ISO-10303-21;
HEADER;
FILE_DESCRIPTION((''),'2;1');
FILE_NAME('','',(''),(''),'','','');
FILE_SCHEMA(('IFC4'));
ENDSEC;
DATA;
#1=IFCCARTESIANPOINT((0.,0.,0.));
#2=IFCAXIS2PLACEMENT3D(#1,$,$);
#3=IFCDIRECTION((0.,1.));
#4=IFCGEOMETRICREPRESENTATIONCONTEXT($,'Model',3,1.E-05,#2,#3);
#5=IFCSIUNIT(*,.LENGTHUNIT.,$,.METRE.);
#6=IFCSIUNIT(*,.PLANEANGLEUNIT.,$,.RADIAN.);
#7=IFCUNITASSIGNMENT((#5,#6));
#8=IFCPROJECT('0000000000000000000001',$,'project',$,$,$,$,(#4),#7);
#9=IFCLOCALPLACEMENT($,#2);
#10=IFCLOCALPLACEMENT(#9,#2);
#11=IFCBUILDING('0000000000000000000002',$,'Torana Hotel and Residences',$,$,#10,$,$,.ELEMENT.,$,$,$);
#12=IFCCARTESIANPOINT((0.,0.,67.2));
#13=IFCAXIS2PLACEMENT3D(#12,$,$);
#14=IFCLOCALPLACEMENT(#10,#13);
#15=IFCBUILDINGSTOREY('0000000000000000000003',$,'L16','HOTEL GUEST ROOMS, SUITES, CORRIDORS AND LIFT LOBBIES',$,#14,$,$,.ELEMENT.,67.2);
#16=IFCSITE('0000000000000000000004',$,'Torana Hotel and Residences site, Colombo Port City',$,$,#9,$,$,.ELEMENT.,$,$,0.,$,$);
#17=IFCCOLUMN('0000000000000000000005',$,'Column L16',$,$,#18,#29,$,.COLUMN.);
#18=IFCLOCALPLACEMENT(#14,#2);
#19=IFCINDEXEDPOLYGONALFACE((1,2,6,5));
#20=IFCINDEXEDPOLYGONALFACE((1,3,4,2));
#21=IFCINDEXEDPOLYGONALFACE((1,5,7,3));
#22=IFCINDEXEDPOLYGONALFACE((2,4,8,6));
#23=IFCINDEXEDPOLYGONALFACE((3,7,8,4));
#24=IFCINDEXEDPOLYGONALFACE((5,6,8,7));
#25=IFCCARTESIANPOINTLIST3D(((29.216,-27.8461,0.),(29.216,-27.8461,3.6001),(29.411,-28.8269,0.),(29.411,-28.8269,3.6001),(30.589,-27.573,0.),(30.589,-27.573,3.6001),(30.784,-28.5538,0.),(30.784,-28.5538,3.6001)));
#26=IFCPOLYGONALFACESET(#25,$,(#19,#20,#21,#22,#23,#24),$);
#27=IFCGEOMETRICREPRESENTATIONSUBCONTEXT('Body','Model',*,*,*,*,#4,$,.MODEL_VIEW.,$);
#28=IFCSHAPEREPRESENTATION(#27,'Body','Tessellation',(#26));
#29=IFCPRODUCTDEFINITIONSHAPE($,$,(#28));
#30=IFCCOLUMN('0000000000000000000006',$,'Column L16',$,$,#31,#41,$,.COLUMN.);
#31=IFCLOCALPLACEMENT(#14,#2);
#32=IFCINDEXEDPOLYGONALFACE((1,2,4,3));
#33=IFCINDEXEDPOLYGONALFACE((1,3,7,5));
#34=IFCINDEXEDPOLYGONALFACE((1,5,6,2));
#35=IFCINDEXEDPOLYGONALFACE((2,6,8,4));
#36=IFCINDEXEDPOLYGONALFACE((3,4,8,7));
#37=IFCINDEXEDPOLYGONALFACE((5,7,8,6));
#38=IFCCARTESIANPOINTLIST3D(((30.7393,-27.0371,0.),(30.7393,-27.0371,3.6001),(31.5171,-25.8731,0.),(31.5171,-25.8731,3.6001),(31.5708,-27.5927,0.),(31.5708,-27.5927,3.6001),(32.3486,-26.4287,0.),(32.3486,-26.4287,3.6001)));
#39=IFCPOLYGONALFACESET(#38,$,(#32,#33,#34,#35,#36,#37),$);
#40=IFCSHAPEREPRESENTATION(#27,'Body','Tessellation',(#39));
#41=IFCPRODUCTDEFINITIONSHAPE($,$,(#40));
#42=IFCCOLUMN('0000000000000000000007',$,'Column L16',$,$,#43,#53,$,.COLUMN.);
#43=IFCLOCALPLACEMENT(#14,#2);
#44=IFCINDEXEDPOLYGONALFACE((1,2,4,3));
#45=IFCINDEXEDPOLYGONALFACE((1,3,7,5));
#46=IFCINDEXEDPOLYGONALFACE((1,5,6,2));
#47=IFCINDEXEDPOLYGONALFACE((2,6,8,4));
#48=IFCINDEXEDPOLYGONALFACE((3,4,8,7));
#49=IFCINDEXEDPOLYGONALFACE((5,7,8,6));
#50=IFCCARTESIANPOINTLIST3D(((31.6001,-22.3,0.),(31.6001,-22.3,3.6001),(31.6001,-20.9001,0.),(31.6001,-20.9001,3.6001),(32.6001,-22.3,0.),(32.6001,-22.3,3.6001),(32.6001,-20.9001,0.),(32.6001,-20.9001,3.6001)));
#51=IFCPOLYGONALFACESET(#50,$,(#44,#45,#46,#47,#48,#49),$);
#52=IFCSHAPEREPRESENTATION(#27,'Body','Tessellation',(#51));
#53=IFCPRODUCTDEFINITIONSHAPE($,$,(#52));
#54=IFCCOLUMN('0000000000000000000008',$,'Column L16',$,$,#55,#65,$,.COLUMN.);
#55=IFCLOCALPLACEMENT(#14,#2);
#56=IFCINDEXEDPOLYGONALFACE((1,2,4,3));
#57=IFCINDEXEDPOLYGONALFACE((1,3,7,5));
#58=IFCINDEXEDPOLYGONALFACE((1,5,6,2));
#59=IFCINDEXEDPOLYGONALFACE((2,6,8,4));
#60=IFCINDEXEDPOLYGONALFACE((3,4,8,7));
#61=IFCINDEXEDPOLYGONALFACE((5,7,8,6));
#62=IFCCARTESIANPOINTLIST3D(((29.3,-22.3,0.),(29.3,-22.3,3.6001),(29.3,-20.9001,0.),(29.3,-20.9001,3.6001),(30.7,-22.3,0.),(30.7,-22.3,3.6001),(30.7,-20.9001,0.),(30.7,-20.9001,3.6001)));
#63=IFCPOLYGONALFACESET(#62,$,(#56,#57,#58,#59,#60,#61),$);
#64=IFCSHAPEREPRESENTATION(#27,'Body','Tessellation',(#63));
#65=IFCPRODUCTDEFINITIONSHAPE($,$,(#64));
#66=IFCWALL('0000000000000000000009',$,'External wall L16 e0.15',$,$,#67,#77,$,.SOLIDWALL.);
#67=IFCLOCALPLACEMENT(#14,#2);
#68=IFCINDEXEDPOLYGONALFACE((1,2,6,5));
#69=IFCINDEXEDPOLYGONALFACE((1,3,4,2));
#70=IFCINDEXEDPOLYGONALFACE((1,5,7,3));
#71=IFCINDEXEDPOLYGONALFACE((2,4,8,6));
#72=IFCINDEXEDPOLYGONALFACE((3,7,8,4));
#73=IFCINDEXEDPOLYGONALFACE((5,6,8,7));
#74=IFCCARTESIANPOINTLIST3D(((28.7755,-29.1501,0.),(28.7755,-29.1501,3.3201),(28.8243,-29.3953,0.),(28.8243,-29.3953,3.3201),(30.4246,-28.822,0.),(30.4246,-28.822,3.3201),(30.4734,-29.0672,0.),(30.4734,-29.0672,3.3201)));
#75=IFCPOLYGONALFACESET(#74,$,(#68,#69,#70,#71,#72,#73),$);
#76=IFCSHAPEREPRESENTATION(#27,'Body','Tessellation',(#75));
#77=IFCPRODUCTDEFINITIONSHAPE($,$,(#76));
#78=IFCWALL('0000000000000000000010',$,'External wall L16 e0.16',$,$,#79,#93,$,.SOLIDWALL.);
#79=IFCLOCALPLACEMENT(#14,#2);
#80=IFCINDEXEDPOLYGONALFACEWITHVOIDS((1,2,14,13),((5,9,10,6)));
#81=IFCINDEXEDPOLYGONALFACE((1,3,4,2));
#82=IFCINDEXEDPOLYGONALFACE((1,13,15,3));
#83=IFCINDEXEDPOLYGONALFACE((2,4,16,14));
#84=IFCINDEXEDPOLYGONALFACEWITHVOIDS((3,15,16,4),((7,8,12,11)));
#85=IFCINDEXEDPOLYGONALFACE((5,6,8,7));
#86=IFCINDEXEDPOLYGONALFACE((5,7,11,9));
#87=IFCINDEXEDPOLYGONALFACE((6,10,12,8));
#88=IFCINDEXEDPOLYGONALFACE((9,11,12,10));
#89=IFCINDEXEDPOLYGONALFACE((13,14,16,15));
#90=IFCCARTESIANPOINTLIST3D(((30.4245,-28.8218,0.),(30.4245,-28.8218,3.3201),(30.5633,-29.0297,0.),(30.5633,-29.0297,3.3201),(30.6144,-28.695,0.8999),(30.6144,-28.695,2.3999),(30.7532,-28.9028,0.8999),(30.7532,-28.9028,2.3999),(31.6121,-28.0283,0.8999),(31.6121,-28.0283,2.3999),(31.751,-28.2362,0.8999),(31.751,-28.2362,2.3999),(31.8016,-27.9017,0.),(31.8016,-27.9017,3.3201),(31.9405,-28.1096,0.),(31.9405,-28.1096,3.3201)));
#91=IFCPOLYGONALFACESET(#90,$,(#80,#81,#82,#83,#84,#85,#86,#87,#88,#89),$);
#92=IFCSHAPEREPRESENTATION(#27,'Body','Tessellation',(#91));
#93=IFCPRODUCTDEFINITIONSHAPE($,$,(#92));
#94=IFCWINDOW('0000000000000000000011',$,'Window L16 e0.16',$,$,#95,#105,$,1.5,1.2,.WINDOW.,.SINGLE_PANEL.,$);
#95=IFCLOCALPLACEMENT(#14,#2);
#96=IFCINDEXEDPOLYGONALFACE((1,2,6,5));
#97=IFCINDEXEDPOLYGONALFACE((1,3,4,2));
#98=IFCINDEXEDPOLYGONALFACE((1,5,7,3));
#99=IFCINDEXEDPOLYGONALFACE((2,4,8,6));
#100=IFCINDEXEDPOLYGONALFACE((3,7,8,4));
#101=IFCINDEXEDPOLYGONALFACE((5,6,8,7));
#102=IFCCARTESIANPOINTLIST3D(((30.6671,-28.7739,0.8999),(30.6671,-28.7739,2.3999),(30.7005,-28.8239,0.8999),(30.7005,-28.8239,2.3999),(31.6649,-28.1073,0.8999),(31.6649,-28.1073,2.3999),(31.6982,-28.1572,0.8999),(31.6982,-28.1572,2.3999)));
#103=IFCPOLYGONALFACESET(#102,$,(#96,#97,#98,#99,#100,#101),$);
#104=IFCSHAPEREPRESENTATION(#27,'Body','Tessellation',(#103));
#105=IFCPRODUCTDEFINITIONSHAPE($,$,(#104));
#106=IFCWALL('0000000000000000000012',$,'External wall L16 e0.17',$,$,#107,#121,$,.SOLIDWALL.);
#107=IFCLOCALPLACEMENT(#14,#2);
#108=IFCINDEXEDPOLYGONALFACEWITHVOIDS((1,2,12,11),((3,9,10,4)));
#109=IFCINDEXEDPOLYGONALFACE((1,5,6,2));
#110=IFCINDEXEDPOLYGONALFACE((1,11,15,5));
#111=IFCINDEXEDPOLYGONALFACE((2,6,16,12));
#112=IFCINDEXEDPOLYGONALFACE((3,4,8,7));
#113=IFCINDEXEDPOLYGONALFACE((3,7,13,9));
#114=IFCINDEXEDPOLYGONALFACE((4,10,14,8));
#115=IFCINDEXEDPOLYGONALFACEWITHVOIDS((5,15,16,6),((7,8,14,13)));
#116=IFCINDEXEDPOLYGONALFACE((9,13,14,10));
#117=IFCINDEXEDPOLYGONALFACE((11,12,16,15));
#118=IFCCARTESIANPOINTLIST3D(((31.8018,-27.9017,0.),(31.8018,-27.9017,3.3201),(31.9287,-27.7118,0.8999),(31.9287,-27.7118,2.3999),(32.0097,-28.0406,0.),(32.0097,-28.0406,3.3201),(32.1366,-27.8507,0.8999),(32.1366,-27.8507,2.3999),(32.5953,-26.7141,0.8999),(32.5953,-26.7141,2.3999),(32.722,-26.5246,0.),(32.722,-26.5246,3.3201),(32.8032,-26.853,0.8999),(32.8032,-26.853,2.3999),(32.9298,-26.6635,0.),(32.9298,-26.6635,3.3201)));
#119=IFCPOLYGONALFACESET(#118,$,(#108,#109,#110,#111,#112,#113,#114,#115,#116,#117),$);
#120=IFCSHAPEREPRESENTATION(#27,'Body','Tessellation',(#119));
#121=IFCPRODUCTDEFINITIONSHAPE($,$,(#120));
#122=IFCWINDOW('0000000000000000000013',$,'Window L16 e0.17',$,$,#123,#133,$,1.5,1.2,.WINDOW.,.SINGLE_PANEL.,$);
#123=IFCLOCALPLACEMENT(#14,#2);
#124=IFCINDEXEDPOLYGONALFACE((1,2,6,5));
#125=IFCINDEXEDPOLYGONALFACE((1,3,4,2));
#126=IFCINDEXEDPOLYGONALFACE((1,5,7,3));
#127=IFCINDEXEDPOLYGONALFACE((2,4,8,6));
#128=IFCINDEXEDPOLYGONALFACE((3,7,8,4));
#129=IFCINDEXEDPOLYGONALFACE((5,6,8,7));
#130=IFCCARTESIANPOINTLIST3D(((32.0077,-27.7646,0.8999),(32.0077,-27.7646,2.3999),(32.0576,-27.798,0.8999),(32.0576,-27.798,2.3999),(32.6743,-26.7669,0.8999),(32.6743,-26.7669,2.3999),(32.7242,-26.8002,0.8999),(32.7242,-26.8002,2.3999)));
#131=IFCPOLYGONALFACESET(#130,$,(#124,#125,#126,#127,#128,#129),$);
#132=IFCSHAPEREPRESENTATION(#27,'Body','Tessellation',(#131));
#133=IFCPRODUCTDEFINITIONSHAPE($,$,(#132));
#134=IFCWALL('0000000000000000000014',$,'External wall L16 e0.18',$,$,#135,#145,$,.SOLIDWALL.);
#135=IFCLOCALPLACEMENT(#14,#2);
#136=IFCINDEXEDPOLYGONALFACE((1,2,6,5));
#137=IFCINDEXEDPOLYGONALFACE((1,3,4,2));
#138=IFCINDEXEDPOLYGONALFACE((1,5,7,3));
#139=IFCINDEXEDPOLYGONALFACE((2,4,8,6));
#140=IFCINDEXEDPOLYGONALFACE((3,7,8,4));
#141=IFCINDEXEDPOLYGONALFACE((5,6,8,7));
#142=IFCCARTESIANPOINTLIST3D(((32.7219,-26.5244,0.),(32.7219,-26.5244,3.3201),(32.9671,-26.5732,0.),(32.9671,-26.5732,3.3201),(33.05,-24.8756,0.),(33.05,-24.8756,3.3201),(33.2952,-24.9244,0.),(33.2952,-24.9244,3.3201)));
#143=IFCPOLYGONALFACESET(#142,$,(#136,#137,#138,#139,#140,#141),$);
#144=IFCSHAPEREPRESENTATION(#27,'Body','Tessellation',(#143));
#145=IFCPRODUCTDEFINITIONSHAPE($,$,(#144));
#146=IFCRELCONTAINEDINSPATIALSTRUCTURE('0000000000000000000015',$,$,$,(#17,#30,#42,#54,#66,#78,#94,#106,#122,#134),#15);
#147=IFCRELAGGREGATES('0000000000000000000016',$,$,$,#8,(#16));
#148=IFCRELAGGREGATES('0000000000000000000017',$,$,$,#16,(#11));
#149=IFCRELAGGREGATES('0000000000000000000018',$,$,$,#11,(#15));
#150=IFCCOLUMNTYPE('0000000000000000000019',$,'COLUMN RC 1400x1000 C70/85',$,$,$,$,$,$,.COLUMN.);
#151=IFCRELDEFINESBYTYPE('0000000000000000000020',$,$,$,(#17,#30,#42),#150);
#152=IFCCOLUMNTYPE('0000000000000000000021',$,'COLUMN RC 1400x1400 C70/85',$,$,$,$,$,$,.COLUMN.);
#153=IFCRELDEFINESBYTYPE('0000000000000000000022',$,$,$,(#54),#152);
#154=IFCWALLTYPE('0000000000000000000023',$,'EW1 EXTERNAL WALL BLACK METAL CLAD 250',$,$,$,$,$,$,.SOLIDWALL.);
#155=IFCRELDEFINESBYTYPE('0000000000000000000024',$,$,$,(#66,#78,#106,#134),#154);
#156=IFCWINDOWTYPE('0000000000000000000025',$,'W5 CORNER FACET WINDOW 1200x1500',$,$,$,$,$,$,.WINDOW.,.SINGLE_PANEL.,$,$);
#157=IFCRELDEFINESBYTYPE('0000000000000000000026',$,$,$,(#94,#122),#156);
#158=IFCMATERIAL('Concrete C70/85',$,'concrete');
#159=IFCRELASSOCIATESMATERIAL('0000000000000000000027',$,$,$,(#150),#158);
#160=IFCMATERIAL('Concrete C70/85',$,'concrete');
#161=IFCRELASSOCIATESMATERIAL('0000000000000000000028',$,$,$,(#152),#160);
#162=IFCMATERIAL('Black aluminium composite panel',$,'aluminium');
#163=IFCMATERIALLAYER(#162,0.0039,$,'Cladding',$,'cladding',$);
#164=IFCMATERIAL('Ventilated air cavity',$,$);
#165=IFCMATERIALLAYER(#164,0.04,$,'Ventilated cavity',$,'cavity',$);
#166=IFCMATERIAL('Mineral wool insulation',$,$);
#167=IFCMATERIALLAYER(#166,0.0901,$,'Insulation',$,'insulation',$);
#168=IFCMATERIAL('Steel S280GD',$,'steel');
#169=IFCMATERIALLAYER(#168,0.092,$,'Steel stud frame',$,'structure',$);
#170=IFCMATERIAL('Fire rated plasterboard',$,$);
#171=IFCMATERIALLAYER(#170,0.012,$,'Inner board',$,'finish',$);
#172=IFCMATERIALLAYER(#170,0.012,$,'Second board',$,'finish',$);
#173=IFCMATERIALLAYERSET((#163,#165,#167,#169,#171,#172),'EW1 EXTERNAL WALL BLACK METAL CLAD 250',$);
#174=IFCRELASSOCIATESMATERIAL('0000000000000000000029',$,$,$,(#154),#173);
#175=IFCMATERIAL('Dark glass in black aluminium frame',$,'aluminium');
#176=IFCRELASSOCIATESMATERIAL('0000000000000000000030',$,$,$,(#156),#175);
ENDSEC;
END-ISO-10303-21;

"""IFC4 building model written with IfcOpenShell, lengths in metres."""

from ifc_helpers import new_model, si_unit, direction, frame, frame_2d, origin, origin_2d, place, context, subcontext, project, spatial, rectangle, extrude, material, layer, layer_set, material_profile, profile_set, type_object, element, fill, save


model = new_model("IFC4")

# Units and contexts
model_context = context("Model", 3, precision=1e-05, world=origin(), true_north=direction((0.0, 1.0)))
body_context = subcontext(model_context, "Body", "Model", "MODEL_VIEW")
ifc_project = project(units=[si_unit("LENGTHUNIT", "METRE"), si_unit("PLANEANGLEUNIT", "RADIAN")], contexts=[model_context])

# Site, building, storey
site_placement = place(None, origin())
site = spatial("IfcSite", under=ifc_project, at=site_placement, Name="Torana Hotel and Residences site, Colombo Port City", CompositionType="ELEMENT", RefElevation=0.0)
building_placement = place(site_placement, origin())
building = spatial("IfcBuilding", under=site, at=building_placement, Name="Torana Hotel and Residences", CompositionType="ELEMENT")
storey_placement = place(building_placement, frame((0.0, 0.0, 67.2)))
storey = spatial("IfcBuildingStorey", under=building, at=storey_placement, Name="L16", Description="HOTEL GUEST ROOMS, SUITES, CORRIDORS AND LIFT LOBBIES", CompositionType="ELEMENT", Elevation=67.2)

# Columns
ifc_material_1 = material(Name="Concrete C70/85", Category="concrete")
ifc_material_profile_1 = material_profile(ifc_material_1, rectangle(XDim=1.3999, YDim=1.0, at=origin_2d()), Name="RC 1400x1000")
ifc_profile_set_1 = profile_set([ifc_material_profile_1], Name="Concrete C70/85")
column_type_1 = type_object("IfcColumnType", Name="COLUMN RC 1400x1000 C70/85", PredefinedType="COLUMN", material=ifc_profile_set_1)
for number, where, z_axis, x_axis, name in (
    (1, (30.0, -28.2, 0.0), (0.0, 0.0, 1.0), (0.980792, 0.195056, 0.0), "Column L16"),
    (2, (31.5439, -26.7329, 0.0), (0.0, 0.0, 1.0), (0.555585, 0.83146, 0.0), "Column L16"),
    (3, (32.1001, -21.6001, 0.0), (0.0, 0.0, 1.0), (0.0, 1.0, 0.0), "Column L16"),
):
    element("IfcColumn", number, at=place(storey_placement, frame(where, z_axis=z_axis, x_axis=x_axis)), inside=storey, type_object=column_type_1, Name=name, PredefinedType="COLUMN", context=body_context, shape_type="SweptSolid", body=[
        extrude(rectangle(XDim=1.3999, YDim=1.0, at=origin_2d()), origin(), (0.0, 0.0, 1.0), 3.6001),
    ])
ifc_material_2 = material(Name="Concrete C70/85", Category="concrete")
ifc_material_profile_2 = material_profile(ifc_material_2, rectangle(XDim=1.3999, YDim=1.3999, at=origin_2d()), Name="RC 1400x1400")
ifc_profile_set_2 = profile_set([ifc_material_profile_2], Name="Concrete C70/85")
column_type_2 = type_object("IfcColumnType", Name="COLUMN RC 1400x1400 C70/85", PredefinedType="COLUMN", material=ifc_profile_set_2)
column_placement = place(storey_placement, frame((30.0, -21.6001, 0.0), z_axis=(0.0, 0.0, 1.0), x_axis=(1.0, 0.0, 0.0)))
element("IfcColumn", 4, at=column_placement, inside=storey, type_object=column_type_2, Name="Column L16", PredefinedType="COLUMN", context=body_context, shape_type="SweptSolid", body=[
    extrude(rectangle(XDim=1.3999, YDim=1.3999, at=origin_2d()), origin(), (0.0, 0.0, 1.0), 3.6001),
])

# Wall
ifc_material_3 = material(Name="Black aluminium composite panel", Category="aluminium")
ifc_layer_1 = layer(ifc_material_3, 0.0039, Name="Cladding", Category="cladding")
ifc_material_4 = material(Name="Ventilated air cavity")
ifc_layer_2 = layer(ifc_material_4, 0.04, Name="Ventilated cavity", Category="cavity")
ifc_material_5 = material(Name="Mineral wool insulation")
ifc_layer_3 = layer(ifc_material_5, 0.0901, Name="Insulation", Category="insulation")
ifc_material_6 = material(Name="Steel S280GD", Category="steel")
ifc_layer_4 = layer(ifc_material_6, 0.092, Name="Steel stud frame", Category="structure")
ifc_material_7 = material(Name="Fire rated plasterboard")
ifc_layer_5 = layer(ifc_material_7, 0.012, Name="Inner board", Category="finish")
ifc_layer_6 = layer(ifc_material_7, 0.012, Name="Second board", Category="finish")
ifc_layer_set_1 = layer_set([ifc_layer_1, ifc_layer_2, ifc_layer_3, ifc_layer_4, ifc_layer_5, ifc_layer_6], Name="EW1 EXTERNAL WALL BLACK METAL CLAD 250")
wall_type_1 = type_object("IfcWallType", Name="EW1 EXTERNAL WALL BLACK METAL CLAD 250", PredefinedType="SOLIDWALL", material=ifc_layer_set_1)
wall_1_placement = place(storey_placement, frame((28.7998, -29.2727, 0.0), z_axis=(0.0, 0.0, 1.0), x_axis=(0.980776, 0.195139, 0.0)))
element("IfcWall", 5, at=wall_1_placement, inside=storey, type_object=wall_type_1, Name="External wall L16 e0.15", PredefinedType="SOLIDWALL", context=body_context, shape_type="SweptSolid", body=[
    extrude(rectangle(XDim=1.6814, YDim=0.25, at=frame_2d((0.8408, 0.0))), origin(), (0.0, 0.0, 1.0), 3.3201),
])

# Walls, openings, windows
wall_2_placement = place(storey_placement, frame((30.4939, -28.9258, 0.0), z_axis=(0.0, 0.0, 1.0), x_axis=(0.831483, 0.55555, 0.0)))
wall_2 = element("IfcWall", 6, at=wall_2_placement, inside=storey, type_object=wall_type_1, Name="External wall L16 e0.16", PredefinedType="SOLIDWALL", context=body_context, shape_type="SweptSolid", body=[
    extrude(rectangle(XDim=1.6562, YDim=0.25, at=frame_2d((0.8281, 0.0))), origin(), (0.0, 0.0, 1.0), 3.3201),
])
opening_1_placement = place(wall_2_placement, frame((0.2283, 0.0, 0.8999)))
opening_1 = element("IfcOpeningElement", 7, at=opening_1_placement, cuts=wall_2, PredefinedType="OPENING", context=body_context, shape_type="SweptSolid", body=[
    extrude(rectangle(XDim=1.2, YDim=1.5, at=frame_2d((0.6001, 0.75))), frame((0.0, 0.135, 0.0), z_axis=(0.0, -1.0, 0.0), x_axis=(1.0, 0.0, 0.0)), (0.0, 0.0, 1.0), 0.27),
])
ifc_material_8 = material(Name="Dark glass in black aluminium frame", Category="aluminium")
window_type_1 = type_object("IfcWindowType", Name="W5 CORNER FACET WINDOW 1200x1500", PartitioningType="SINGLE_PANEL", PredefinedType="WINDOW", material=ifc_material_8)
window_1_placement = place(opening_1_placement, origin())
window_1 = element("IfcWindow", 8, at=window_1_placement, inside=storey, type_object=window_type_1, Name="Window L16 e0.16", OverallHeight=1.5, OverallWidth=1.2, PartitioningType="SINGLE_PANEL", PredefinedType="WINDOW", context=body_context, shape_type="SweptSolid", body=[
    extrude(rectangle(XDim=1.2, YDim=1.5, at=frame_2d((0.6001, 0.75))), frame((0.0, 0.03, 0.0), z_axis=(0.0, -1.0, 0.0), x_axis=(1.0, 0.0, 0.0)), (0.0, 0.0, 1.0), 0.0601),
])
fill(opening_1, window_1)
wall_3_placement = place(storey_placement, frame((31.9058, -27.9712, 0.0), z_axis=(0.0, 0.0, 1.0), x_axis=(0.55555, 0.831483, 0.0)))
wall_3 = element("IfcWall", 9, at=wall_3_placement, inside=storey, type_object=wall_type_1, Name="External wall L16 e0.17", PredefinedType="SOLIDWALL", context=body_context, shape_type="SweptSolid", body=[
    extrude(rectangle(XDim=1.6562, YDim=0.25, at=frame_2d((0.8281, 0.0))), origin(), (0.0, 0.0, 1.0), 3.3201),
])
opening_2_placement = place(wall_3_placement, frame((0.2283, 0.0, 0.8999)))
opening_2 = element("IfcOpeningElement", 10, at=opening_2_placement, cuts=wall_3, PredefinedType="OPENING", context=body_context, shape_type="SweptSolid", body=[
    extrude(rectangle(XDim=1.2, YDim=1.5, at=frame_2d((0.6001, 0.75))), frame((0.0, 0.135, 0.0), z_axis=(0.0, -1.0, 0.0), x_axis=(1.0, 0.0, 0.0)), (0.0, 0.0, 1.0), 0.27),
])
window_2_placement = place(opening_2_placement, origin())
window_2 = element("IfcWindow", 11, at=window_2_placement, inside=storey, type_object=window_type_1, Name="Window L16 e0.17", OverallHeight=1.5, OverallWidth=1.2, PartitioningType="SINGLE_PANEL", PredefinedType="WINDOW", context=body_context, shape_type="SweptSolid", body=[
    extrude(rectangle(XDim=1.2, YDim=1.5, at=frame_2d((0.6001, 0.75))), frame((0.0, 0.03, 0.0), z_axis=(0.0, -1.0, 0.0), x_axis=(1.0, 0.0, 0.0)), (0.0, 0.0, 1.0), 0.0601),
])
fill(opening_2, window_2)

# Wall
wall_4_placement = place(storey_placement, frame((32.8445, -26.5488, 0.0), z_axis=(0.0, 0.0, 1.0), x_axis=(0.195167, 0.98077, 0.0)))
element("IfcWall", 12, at=wall_4_placement, inside=storey, type_object=wall_type_1, Name="External wall L16 e0.18", PredefinedType="SOLIDWALL", context=body_context, shape_type="SweptSolid", body=[
    extrude(rectangle(XDim=1.6812, YDim=0.25, at=frame_2d((0.8406, 0.0))), origin(), (0.0, 0.0, 1.0), 3.3201),
])

save(model, "model.ifc")
